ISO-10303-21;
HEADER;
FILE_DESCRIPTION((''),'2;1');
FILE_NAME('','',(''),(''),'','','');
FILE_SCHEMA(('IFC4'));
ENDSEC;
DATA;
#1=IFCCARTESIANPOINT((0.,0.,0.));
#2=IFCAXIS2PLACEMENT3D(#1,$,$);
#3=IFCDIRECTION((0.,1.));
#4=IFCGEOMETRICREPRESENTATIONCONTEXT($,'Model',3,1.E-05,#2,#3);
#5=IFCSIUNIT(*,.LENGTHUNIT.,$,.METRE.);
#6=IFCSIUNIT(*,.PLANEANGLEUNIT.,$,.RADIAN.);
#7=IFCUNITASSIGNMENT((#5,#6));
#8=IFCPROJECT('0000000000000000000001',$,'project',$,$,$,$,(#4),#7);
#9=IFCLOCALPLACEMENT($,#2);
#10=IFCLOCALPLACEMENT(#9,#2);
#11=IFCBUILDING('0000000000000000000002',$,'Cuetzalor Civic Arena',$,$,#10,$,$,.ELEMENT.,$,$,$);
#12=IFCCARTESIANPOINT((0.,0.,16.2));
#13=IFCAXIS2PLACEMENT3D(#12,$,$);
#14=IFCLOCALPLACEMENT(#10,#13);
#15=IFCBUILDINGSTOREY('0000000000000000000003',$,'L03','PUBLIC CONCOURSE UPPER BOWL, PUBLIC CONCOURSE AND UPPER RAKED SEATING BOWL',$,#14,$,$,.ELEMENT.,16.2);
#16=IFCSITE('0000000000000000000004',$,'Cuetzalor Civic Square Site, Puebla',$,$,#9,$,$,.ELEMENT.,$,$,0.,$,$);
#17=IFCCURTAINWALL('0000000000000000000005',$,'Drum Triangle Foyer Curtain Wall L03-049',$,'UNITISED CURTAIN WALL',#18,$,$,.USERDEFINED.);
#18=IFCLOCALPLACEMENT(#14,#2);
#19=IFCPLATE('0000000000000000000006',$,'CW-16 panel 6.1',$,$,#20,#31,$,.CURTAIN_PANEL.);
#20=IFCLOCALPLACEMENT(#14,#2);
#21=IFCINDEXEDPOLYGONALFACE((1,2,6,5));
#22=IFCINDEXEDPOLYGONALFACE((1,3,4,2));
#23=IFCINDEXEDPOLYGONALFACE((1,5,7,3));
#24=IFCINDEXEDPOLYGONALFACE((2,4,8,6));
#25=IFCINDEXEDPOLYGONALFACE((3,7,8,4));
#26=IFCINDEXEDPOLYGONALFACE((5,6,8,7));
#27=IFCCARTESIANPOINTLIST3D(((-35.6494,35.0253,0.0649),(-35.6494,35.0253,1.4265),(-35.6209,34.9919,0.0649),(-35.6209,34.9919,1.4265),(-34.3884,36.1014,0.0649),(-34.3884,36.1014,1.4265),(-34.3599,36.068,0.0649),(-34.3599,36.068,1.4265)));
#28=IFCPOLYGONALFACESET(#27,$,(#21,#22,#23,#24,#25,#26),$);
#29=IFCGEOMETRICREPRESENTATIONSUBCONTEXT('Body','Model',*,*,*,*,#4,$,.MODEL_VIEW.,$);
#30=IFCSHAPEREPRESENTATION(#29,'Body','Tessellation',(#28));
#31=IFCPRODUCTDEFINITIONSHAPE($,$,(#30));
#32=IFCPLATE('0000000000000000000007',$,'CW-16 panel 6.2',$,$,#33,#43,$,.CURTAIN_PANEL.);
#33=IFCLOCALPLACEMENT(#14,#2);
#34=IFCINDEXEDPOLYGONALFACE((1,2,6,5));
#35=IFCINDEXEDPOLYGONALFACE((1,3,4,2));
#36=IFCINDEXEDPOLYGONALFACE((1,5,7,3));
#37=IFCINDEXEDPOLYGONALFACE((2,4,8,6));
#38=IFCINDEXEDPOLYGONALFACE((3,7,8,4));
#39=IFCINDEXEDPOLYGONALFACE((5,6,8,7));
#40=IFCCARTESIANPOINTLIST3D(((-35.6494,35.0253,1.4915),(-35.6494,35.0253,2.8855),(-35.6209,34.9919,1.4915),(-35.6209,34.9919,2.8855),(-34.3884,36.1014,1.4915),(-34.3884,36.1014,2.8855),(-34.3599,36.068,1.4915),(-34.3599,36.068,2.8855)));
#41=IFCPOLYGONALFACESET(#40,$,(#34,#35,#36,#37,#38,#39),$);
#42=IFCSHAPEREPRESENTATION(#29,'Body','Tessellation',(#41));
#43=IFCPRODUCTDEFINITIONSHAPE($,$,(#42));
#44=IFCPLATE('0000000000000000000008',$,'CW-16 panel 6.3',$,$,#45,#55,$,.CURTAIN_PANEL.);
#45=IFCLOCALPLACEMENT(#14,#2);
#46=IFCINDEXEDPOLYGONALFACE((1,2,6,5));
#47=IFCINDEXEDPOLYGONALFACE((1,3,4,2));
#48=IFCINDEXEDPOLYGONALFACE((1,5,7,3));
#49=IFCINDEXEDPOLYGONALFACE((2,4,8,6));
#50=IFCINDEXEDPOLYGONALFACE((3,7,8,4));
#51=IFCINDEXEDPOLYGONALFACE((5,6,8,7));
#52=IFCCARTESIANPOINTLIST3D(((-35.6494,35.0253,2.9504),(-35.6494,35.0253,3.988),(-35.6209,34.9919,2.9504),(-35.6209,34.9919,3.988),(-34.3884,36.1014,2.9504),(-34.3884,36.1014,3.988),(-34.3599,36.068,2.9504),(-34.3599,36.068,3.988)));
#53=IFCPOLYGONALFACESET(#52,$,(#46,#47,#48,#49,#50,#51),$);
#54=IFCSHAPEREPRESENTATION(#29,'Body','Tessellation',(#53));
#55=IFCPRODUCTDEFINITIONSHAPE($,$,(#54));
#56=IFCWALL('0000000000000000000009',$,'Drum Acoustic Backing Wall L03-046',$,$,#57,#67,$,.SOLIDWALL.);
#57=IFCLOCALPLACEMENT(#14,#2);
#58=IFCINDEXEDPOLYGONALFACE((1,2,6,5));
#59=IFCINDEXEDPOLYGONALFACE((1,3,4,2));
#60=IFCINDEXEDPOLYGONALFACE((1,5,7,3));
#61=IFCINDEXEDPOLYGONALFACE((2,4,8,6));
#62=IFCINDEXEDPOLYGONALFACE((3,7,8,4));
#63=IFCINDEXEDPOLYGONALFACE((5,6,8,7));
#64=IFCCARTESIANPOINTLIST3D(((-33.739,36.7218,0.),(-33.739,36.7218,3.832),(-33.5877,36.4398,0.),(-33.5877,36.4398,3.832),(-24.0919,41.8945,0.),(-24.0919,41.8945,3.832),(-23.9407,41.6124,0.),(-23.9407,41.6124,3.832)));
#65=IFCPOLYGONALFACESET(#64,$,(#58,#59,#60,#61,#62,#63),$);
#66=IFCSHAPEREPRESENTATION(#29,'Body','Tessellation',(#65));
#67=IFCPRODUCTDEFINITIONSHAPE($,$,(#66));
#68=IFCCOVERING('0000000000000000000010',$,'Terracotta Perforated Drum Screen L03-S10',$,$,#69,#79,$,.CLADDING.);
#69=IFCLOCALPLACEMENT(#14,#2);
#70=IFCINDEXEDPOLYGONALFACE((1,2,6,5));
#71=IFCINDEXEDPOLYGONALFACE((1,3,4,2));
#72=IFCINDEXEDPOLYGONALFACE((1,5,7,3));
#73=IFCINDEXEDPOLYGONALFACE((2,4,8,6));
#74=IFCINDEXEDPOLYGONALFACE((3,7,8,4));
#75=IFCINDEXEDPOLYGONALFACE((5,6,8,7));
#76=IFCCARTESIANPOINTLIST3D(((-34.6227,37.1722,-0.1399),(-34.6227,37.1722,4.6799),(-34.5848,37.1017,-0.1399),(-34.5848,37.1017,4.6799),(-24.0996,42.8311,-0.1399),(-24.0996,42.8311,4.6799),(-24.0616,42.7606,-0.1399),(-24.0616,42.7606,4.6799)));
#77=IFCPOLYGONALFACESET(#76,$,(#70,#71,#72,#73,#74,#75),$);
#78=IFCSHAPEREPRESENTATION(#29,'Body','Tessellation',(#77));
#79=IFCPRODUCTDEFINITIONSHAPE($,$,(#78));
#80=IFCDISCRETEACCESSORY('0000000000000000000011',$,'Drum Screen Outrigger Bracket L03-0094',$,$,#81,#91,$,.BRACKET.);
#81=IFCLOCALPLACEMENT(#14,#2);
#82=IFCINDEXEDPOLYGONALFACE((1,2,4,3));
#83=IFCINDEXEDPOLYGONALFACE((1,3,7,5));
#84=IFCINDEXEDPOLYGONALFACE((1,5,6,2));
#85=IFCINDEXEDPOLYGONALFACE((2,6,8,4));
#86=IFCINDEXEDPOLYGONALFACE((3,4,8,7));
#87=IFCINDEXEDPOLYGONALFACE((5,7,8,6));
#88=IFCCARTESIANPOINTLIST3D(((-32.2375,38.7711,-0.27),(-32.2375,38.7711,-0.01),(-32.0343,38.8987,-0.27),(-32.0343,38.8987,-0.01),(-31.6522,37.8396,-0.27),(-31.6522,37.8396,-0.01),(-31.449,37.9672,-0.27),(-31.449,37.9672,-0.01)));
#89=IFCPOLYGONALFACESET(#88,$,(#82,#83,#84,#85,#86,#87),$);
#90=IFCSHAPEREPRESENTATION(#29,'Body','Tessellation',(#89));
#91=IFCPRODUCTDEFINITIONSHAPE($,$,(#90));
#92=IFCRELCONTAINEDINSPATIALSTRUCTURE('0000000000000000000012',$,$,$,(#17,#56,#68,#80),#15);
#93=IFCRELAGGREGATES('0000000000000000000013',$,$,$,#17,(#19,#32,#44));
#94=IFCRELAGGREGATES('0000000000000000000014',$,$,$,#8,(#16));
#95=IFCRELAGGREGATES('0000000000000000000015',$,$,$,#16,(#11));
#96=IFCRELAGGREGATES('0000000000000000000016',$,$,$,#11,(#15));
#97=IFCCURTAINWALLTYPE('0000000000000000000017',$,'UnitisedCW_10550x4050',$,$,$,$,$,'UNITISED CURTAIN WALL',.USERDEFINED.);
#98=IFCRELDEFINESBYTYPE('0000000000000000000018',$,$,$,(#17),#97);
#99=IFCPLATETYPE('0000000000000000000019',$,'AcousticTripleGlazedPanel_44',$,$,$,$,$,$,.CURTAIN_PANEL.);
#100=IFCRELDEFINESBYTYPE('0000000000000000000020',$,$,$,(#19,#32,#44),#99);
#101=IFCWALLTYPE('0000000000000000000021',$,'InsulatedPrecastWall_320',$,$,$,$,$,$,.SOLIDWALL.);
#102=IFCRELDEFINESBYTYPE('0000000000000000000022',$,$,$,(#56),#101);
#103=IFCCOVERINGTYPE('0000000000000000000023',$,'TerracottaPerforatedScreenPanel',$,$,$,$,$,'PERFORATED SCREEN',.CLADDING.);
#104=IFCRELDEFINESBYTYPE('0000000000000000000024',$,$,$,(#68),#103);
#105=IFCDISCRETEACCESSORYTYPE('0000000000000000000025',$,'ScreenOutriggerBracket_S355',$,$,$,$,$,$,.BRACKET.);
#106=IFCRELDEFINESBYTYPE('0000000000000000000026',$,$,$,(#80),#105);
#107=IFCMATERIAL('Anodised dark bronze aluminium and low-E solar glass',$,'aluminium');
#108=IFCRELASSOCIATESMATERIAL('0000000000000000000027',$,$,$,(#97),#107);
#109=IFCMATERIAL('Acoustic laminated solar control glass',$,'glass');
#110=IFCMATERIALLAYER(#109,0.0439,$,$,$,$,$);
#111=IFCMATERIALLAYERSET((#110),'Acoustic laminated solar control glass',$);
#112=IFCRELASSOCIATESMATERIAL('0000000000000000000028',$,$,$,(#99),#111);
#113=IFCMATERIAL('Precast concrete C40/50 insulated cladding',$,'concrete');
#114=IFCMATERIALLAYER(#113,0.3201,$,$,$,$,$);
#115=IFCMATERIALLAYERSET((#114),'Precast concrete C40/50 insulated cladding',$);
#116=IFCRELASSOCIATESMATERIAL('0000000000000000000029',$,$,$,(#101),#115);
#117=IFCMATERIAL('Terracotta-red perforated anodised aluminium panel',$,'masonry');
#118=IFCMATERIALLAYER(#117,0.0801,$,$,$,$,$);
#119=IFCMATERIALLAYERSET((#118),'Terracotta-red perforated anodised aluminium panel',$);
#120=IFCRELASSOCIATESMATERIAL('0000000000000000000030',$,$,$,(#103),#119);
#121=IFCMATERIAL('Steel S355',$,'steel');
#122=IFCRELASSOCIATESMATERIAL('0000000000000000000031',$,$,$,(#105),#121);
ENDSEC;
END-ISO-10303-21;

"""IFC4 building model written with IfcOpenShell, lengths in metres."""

from ifc_helpers import new_model, si_unit, direction, frame, frame_2d, origin, origin_2d, place, context, subcontext, project, spatial, rectangle, extrude, material, layer, layer_set, type_object, element, aggregate, save


model = new_model("IFC4")

# Units and contexts
model_context = context("Model", 3, precision=1e-05, world=origin(), true_north=direction((0.0, 1.0)))
body_context = subcontext(model_context, "Body", "Model", "MODEL_VIEW")
ifc_project = project(units=[si_unit("LENGTHUNIT", "METRE"), si_unit("PLANEANGLEUNIT", "RADIAN")], contexts=[model_context])

# Site, building, storey
site_placement = place(None, origin())
site = spatial("IfcSite", under=ifc_project, at=site_placement, Name="Cuetzalor Civic Square Site, Puebla", CompositionType="ELEMENT", RefElevation=0.0)
building_placement = place(site_placement, origin())
building = spatial("IfcBuilding", under=site, at=building_placement, Name="Cuetzalor Civic Arena", CompositionType="ELEMENT")
storey_placement = place(building_placement, frame((0.0, 0.0, 16.2)))
storey = spatial("IfcBuildingStorey", under=building, at=storey_placement, Name="L03", Description="PUBLIC CONCOURSE UPPER BOWL, PUBLIC CONCOURSE AND UPPER RAKED SEATING BOWL", CompositionType="ELEMENT", Elevation=16.2)

# Curtain wall
ifc_material_1 = material(Name="Anodised dark bronze aluminium and low-E solar glass", Category="aluminium")
curtain_wall_type = type_object("IfcCurtainWallType", Name="UnitisedCW_10550x4050", ElementType="UNITISED CURTAIN WALL", PredefinedType="USERDEFINED", material=ifc_material_1)
curtain_wall_placement = place(storey_placement, origin())
curtain_wall = element("IfcCurtainWall", 1, at=curtain_wall_placement, inside=storey, type_object=curtain_wall_type, Name="Drum Triangle Foyer Curtain Wall L03-049", ObjectType="UNITISED CURTAIN WALL", PredefinedType="USERDEFINED")

# Plates
ifc_material_2 = material(Name="Acoustic laminated solar control glass", Category="glass")
ifc_layer_1 = layer(ifc_material_2, 0.0439)
ifc_layer_set_1 = layer_set([ifc_layer_1], Name="Acoustic laminated solar control glass")
plate_type = type_object("IfcPlateType", Name="AcousticTripleGlazedPanel_44", PredefinedType="CURTAIN_PANEL", material=ifc_layer_set_1)
plate_1_placement = place(storey_placement, frame((-35.0046, 35.5466, 0.0649), z_axis=(0.0, 0.0, 1.0), x_axis=(0.760677, 0.64913, 0.0)))
plate_1 = element("IfcPlate", 2, at=plate_1_placement, type_object=plate_type, Name="CW-16 panel 6.1", PredefinedType="CURTAIN_PANEL", context=body_context, shape_type="SweptSolid", body=[
    extrude(rectangle(XDim=1.6577, YDim=0.0439, at=origin_2d()), origin(), (0.0, 0.0, 1.0), 1.3616),
])
plate_2_placement = place(storey_placement, frame((-35.0046, 35.5466, 1.4915), z_axis=(0.0, 0.0, 1.0), x_axis=(0.760677, 0.64913, 0.0)))
plate_2 = element("IfcPlate", 3, at=plate_2_placement, type_object=plate_type, Name="CW-16 panel 6.2", PredefinedType="CURTAIN_PANEL", context=body_context, shape_type="SweptSolid", body=[
    extrude(rectangle(XDim=1.6577, YDim=0.0439, at=origin_2d()), origin(), (0.0, 0.0, 1.0), 1.394),
])
plate_3_placement = place(storey_placement, frame((-35.0046, 35.5466, 2.9504), z_axis=(0.0, 0.0, 1.0), x_axis=(0.760677, 0.64913, 0.0)))
plate_3 = element("IfcPlate", 4, at=plate_3_placement, type_object=plate_type, Name="CW-16 panel 6.3", PredefinedType="CURTAIN_PANEL", context=body_context, shape_type="SweptSolid", body=[
    extrude(rectangle(XDim=1.6577, YDim=0.0439, at=origin_2d()), origin(), (0.0, 0.0, 1.0), 1.0376),
])
aggregate(curtain_wall, [plate_1, plate_2, plate_3])

# Wall
ifc_material_3 = material(Name="Precast concrete C40/50 insulated cladding", Category="concrete")
ifc_layer_2 = layer(ifc_material_3, 0.3201)
ifc_layer_set_2 = layer_set([ifc_layer_2], Name="Precast concrete C40/50 insulated cladding")
wall_type = type_object("IfcWallType", Name="InsulatedPrecastWall_320", PredefinedType="SOLIDWALL", material=ifc_layer_set_2)
wall_placement = place(storey_placement, frame((-33.6633, 36.5808, 0.0), z_axis=(0.0, 0.0, 1.0), x_axis=(0.881306, 0.472547, 0.0)))
element("IfcWall", 5, at=wall_placement, inside=storey, type_object=wall_type, Name="Drum Acoustic Backing Wall L03-046", PredefinedType="SOLIDWALL", context=body_context, shape_type="SweptSolid", body=[
    extrude(rectangle(XDim=10.9463, YDim=0.3201, at=frame_2d((5.4731, 0.0))), origin(), (0.0, 0.0, 1.0), 3.832),
])

# Covering
ifc_material_4 = material(Name="Terracotta-red perforated anodised aluminium panel", Category="masonry")
ifc_layer_3 = layer(ifc_material_4, 0.0801)
ifc_layer_set_3 = layer_set([ifc_layer_3], Name="Terracotta-red perforated anodised aluminium panel")
covering_type = type_object("IfcCoveringType", Name="TerracottaPerforatedScreenPanel", ElementType="PERFORATED SCREEN", PredefinedType="CLADDING", material=ifc_layer_set_3)
covering_placement = place(storey_placement, frame((-34.6038, 37.137, -0.1399), z_axis=(0.0, 0.0, 1.0), x_axis=(0.880729, 0.47362, 0.0)))
element("IfcCovering", 6, at=covering_placement, inside=storey, type_object=covering_type, Name="Terracotta Perforated Drum Screen L03-S10", PredefinedType="CLADDING", context=body_context, shape_type="SweptSolid", body=[
    extrude(rectangle(XDim=11.9482, YDim=0.0801, at=frame_2d((5.9741, 0.0))), origin(), (0.0, 0.0, 1.0), 4.8198),
])

# Discrete accessory
ifc_material_5 = material(Name="Steel S355", Category="steel")
discrete_accessory_type = type_object("IfcDiscreteAccessoryType", Name="ScreenOutriggerBracket_S355", PredefinedType="BRACKET", material=ifc_material_5)
discrete_accessory_placement = place(storey_placement, frame((-31.8433, 38.3691, -0.27), z_axis=(0.0, 0.0, 1.0), x_axis=(-0.53199, 0.846751, 0.0)))
element("IfcDiscreteAccessory", 7, at=discrete_accessory_placement, inside=storey, type_object=discrete_accessory_type, Name="Drum Screen Outrigger Bracket L03-0094", PredefinedType="BRACKET", context=body_context, shape_type="SweptSolid", body=[
    extrude(rectangle(XDim=1.1001, YDim=0.24, at=origin_2d()), origin(), (0.0, 0.0, 1.0), 0.26),
])

save(model, "model.ifc")
